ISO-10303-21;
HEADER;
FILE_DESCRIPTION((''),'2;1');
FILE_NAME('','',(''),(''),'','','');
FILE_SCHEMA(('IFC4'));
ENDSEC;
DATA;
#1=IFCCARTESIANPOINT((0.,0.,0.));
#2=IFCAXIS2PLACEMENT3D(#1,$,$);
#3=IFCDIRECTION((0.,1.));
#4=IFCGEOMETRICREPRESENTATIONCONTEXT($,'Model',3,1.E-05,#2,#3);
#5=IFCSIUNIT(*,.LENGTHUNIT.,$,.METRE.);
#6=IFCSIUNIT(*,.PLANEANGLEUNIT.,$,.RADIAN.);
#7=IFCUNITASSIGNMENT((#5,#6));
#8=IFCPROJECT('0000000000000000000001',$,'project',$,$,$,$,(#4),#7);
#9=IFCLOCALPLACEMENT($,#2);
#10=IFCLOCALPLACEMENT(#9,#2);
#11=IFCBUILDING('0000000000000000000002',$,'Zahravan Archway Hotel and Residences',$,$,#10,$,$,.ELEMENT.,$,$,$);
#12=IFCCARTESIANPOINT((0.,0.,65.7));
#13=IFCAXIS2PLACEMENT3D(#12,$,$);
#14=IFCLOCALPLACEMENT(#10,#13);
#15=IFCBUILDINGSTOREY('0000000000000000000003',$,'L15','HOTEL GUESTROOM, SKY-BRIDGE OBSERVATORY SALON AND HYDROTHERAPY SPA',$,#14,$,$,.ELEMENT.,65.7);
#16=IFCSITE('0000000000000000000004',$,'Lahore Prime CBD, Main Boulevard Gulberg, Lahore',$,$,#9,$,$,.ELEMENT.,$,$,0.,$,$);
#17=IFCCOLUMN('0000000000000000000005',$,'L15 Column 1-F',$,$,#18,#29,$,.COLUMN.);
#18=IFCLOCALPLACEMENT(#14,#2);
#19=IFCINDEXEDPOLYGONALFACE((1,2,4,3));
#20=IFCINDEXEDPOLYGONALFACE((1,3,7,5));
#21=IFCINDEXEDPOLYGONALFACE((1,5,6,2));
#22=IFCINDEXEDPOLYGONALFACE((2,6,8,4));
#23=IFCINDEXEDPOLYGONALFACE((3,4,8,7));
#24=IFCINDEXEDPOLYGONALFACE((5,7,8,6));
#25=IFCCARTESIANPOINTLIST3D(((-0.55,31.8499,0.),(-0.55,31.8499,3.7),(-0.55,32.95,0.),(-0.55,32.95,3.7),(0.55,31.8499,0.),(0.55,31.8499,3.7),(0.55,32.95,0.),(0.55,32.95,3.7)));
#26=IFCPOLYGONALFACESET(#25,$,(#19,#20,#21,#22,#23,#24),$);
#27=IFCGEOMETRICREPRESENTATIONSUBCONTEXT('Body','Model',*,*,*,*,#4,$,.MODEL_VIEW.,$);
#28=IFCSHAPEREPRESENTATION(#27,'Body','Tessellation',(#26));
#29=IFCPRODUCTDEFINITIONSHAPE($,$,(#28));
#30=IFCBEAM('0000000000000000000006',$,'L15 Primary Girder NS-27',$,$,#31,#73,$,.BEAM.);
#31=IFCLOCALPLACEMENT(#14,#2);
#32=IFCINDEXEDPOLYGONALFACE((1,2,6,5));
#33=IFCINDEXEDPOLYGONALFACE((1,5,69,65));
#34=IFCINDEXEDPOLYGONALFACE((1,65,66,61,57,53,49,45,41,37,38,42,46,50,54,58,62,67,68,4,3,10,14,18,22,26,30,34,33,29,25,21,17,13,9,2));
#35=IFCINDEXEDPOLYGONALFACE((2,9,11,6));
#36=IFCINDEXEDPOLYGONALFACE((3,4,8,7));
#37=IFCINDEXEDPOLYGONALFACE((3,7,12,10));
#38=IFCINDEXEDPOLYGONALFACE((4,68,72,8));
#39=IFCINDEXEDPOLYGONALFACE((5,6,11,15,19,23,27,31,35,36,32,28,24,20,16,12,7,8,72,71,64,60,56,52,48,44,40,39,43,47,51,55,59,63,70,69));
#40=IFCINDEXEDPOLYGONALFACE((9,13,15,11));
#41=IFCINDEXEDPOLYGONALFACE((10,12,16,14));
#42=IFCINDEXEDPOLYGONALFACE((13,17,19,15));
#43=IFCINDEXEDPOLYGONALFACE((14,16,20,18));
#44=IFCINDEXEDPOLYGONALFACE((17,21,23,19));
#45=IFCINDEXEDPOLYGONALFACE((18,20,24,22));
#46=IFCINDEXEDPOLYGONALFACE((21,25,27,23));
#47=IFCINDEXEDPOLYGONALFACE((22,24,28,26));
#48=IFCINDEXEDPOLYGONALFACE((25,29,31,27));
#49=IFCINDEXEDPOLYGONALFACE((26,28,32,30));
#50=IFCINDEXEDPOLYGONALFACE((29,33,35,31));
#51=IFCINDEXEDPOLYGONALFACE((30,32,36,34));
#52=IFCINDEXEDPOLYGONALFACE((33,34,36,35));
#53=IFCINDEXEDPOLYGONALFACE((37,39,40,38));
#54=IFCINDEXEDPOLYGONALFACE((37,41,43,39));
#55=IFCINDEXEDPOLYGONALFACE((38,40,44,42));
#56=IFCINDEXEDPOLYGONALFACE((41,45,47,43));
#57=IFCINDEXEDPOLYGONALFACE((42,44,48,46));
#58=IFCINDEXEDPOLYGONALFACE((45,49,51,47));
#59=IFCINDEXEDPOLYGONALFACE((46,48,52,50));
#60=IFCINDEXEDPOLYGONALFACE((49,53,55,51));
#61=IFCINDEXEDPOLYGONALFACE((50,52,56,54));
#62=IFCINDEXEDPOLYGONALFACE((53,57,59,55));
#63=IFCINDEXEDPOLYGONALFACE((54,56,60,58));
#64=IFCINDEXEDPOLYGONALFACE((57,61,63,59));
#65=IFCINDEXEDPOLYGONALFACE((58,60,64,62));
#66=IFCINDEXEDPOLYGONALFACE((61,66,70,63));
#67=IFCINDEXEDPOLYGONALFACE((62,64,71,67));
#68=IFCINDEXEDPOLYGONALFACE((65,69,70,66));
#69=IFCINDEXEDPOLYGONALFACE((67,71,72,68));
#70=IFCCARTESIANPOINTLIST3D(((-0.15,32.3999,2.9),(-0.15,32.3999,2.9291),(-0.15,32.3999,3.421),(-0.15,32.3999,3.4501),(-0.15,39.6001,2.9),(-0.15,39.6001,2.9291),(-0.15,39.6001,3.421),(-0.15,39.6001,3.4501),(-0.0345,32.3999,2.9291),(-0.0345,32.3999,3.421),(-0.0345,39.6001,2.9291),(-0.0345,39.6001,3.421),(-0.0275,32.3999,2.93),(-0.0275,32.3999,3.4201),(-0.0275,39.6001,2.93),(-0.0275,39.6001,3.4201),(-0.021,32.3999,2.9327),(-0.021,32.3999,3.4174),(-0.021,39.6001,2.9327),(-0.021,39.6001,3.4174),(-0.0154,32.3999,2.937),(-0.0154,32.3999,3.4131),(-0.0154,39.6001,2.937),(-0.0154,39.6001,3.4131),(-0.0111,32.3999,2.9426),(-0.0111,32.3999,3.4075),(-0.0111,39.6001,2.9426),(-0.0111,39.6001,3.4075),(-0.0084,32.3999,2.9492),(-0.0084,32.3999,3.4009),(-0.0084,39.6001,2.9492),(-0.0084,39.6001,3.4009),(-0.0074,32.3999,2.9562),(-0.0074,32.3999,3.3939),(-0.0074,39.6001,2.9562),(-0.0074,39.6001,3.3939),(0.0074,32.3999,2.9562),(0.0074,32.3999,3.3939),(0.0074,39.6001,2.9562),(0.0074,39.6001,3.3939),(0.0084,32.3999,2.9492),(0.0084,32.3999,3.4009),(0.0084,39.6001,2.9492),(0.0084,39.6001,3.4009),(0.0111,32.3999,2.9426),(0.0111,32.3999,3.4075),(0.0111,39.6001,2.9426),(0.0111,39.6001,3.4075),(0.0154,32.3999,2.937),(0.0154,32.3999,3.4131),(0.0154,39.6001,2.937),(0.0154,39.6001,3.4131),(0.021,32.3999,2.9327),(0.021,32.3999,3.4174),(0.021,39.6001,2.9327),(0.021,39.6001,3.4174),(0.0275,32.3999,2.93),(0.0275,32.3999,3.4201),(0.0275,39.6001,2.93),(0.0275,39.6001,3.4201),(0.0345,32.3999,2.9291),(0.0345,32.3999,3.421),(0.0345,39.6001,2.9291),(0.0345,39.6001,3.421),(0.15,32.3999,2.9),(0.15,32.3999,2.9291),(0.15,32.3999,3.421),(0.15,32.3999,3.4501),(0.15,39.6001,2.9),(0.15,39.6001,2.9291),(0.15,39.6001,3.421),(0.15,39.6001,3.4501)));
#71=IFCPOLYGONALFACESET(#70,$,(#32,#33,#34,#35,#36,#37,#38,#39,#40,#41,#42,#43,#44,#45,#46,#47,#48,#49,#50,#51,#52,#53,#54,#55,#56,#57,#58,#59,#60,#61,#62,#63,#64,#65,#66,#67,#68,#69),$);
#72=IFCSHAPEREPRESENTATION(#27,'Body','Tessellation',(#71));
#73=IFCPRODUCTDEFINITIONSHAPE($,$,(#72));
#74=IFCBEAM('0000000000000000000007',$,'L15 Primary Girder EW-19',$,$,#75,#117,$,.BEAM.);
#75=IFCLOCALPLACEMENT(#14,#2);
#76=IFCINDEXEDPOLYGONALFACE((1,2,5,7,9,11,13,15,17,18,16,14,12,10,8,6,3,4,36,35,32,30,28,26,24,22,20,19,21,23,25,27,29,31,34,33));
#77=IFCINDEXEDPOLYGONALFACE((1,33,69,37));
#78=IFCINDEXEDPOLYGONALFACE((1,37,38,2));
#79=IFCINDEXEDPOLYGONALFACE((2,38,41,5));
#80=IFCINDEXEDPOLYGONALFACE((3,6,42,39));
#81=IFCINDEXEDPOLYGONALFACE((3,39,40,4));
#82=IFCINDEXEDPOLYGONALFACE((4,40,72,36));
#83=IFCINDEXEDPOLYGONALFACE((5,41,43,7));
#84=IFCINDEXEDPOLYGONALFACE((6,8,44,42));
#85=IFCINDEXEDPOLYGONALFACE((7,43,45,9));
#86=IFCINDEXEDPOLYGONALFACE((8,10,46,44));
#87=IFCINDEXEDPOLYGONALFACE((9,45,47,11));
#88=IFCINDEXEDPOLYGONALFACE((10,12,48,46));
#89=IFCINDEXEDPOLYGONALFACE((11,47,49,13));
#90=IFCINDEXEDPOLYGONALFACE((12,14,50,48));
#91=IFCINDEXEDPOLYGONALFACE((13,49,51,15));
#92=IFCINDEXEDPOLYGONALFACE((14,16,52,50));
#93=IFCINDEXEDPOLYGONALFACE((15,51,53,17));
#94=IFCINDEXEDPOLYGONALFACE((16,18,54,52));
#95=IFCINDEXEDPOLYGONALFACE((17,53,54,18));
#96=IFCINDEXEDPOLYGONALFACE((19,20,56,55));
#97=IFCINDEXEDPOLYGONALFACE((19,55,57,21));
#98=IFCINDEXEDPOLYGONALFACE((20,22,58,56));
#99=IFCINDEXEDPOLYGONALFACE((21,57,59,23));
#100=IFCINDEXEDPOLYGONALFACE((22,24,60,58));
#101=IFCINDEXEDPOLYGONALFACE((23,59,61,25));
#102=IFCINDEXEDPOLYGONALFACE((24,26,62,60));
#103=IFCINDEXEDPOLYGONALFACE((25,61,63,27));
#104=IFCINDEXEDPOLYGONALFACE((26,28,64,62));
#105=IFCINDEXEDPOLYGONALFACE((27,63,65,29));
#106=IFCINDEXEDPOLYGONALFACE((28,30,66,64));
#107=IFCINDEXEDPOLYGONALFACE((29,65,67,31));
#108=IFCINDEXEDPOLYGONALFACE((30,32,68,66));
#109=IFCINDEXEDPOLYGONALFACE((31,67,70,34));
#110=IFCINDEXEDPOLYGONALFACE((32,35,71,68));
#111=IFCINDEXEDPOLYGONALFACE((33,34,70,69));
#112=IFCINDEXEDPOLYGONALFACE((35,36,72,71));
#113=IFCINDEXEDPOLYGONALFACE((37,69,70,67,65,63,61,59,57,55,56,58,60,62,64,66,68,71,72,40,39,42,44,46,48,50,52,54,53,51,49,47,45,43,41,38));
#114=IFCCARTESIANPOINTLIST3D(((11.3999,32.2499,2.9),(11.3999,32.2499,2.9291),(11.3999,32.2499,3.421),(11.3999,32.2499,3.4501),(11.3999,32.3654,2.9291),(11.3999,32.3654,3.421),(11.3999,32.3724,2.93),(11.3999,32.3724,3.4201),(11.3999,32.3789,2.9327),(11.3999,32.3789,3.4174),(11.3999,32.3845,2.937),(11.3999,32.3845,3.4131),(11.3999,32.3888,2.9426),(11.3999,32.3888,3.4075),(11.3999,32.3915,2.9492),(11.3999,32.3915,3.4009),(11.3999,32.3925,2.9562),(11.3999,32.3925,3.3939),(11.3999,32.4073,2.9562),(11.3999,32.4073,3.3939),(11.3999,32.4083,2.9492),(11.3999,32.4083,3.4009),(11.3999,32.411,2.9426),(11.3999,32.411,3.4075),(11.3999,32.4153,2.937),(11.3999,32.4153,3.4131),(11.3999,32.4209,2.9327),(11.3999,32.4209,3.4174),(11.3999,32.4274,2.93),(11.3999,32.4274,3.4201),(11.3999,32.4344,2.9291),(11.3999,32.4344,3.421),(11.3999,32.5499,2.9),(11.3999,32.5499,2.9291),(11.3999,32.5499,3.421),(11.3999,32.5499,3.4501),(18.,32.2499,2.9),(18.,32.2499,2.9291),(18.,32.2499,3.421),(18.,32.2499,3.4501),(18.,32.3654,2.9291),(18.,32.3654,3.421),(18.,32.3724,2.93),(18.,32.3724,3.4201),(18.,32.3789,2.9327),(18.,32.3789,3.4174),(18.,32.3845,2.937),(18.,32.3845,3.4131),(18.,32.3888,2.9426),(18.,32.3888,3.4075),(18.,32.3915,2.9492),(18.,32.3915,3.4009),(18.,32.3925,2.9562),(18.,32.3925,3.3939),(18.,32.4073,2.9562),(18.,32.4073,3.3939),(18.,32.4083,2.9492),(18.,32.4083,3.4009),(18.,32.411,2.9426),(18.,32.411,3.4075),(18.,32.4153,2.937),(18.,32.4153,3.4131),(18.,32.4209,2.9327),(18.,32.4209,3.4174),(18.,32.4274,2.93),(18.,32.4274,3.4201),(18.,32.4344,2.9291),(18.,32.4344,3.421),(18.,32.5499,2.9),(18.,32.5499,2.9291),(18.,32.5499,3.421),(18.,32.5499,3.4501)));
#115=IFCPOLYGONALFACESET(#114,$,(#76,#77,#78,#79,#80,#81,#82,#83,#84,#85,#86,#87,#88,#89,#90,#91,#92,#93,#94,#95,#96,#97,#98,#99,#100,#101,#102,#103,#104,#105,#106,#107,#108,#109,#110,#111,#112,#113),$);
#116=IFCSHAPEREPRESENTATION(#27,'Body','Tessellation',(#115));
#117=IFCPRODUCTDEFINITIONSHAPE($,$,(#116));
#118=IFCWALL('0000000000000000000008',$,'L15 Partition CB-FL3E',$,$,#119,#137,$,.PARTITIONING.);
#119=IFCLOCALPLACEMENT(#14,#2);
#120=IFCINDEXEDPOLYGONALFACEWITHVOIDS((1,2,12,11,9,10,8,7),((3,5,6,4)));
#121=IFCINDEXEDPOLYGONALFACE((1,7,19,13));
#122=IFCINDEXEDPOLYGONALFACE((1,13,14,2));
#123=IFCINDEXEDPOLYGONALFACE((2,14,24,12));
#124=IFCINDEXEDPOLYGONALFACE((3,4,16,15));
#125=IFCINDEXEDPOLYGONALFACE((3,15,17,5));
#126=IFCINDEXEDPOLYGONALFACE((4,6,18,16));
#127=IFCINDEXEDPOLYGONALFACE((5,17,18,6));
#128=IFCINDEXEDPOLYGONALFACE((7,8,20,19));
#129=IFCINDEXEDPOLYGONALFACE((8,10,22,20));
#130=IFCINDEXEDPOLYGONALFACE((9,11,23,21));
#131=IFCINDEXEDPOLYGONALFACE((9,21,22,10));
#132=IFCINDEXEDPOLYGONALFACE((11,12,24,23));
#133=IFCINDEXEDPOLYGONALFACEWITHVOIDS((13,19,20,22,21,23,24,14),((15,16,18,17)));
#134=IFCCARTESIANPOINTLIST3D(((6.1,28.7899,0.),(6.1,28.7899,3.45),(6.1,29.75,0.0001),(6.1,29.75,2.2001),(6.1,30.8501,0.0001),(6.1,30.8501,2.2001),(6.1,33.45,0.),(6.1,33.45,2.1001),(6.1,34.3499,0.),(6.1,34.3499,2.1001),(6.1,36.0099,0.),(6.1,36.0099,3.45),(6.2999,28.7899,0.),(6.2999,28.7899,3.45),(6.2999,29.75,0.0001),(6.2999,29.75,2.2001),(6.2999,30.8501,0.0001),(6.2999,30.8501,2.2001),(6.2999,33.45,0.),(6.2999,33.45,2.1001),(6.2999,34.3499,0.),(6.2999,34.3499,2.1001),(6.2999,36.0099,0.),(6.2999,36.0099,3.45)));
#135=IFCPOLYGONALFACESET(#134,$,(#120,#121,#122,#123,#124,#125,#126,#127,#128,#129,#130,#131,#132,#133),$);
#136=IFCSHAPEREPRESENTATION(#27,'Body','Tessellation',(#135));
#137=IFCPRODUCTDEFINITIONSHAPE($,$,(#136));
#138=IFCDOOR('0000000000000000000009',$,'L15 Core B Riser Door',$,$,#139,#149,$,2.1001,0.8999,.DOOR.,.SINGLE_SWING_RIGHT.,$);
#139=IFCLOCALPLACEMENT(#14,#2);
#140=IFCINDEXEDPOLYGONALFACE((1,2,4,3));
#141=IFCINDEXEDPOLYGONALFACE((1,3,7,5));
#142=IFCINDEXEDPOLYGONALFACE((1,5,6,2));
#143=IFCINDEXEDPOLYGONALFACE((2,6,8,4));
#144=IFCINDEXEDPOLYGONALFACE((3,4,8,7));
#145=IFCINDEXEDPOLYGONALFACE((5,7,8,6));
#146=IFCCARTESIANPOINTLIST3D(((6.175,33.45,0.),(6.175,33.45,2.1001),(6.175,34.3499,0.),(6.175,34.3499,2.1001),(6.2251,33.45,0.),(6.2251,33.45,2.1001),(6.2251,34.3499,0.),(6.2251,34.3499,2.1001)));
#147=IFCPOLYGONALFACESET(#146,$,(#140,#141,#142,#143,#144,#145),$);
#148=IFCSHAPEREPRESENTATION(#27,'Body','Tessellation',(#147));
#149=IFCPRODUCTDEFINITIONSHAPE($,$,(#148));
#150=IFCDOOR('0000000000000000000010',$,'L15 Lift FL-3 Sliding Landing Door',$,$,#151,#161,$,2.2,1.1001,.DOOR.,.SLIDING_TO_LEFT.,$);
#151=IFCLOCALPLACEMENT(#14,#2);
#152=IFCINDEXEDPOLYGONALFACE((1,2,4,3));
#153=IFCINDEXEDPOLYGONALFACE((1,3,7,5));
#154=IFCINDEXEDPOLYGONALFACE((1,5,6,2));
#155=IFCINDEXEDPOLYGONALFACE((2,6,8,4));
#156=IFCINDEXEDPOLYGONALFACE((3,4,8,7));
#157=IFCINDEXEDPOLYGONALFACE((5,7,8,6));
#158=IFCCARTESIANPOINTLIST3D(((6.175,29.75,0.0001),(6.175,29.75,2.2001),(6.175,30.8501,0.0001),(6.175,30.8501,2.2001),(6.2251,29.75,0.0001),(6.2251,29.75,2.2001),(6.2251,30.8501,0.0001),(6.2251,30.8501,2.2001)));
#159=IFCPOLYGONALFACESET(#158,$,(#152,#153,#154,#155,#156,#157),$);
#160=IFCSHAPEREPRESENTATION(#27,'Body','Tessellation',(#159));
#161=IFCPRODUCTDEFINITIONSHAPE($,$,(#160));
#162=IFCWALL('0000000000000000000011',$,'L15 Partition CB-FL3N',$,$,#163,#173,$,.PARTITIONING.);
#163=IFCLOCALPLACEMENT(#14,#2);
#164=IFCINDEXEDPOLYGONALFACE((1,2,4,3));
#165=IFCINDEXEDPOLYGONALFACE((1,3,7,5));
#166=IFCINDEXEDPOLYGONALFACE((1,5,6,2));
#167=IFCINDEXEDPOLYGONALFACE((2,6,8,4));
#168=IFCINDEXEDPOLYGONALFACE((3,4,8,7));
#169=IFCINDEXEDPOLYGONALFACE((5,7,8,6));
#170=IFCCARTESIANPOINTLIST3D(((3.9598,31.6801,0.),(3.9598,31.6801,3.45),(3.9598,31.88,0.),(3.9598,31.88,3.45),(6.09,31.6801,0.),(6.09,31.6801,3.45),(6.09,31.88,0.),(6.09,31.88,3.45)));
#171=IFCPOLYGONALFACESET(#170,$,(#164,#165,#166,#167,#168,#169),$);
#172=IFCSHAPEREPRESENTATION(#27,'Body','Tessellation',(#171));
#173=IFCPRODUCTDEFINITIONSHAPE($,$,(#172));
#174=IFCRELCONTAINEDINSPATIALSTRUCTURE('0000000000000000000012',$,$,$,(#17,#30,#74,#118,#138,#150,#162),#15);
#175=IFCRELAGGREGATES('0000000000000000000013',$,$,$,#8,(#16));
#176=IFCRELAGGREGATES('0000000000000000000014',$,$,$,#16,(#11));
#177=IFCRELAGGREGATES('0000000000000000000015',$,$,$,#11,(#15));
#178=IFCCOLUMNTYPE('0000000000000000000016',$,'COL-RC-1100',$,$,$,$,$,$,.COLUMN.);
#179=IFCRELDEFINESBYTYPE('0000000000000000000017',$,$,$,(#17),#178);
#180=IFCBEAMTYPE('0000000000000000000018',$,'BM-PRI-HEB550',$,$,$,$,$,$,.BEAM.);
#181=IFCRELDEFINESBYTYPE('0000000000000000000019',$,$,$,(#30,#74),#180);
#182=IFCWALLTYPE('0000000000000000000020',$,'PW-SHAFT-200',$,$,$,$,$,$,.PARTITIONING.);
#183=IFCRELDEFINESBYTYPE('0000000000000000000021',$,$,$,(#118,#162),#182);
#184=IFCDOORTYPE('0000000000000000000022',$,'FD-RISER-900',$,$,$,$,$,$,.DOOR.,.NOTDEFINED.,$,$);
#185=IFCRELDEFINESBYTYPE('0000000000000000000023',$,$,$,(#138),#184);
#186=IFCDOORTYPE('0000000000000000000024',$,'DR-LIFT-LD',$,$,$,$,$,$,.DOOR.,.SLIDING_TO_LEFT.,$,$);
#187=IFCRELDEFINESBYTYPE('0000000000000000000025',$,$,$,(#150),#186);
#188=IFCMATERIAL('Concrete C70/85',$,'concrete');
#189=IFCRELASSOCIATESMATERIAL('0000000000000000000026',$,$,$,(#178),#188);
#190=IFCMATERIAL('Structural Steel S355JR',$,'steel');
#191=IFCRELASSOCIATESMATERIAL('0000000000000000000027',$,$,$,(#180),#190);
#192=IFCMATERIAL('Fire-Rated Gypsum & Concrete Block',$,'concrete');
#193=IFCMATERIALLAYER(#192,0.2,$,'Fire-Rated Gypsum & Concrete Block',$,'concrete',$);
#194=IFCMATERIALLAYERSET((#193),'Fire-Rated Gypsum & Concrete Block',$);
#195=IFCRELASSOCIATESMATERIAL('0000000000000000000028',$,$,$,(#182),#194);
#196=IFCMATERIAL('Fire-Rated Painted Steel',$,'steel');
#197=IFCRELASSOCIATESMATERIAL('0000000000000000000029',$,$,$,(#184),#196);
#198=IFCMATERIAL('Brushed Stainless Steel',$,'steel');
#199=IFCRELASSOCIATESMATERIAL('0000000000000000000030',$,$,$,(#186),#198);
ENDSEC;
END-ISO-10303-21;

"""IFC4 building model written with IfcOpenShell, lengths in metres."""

from ifc_helpers import new_model, si_unit, direction, frame, frame_2d, origin, origin_2d, place, context, subcontext, project, spatial, rectangle, i_section, extrude, source, transform, mapped, material, layer, layer_set, material_profile, profile_set, type_object, type_shapes, element, fill, save


model = new_model("IFC4")

# Units and contexts
model_context = context("Model", 3, precision=1e-05, world=origin(), true_north=direction((0.0, 1.0)))
body_context = subcontext(model_context, "Body", "Model", "MODEL_VIEW")
ifc_project = project(units=[si_unit("LENGTHUNIT", "METRE"), si_unit("PLANEANGLEUNIT", "RADIAN")], contexts=[model_context])

# Site, building, storey
site_placement = place(None, origin())
site = spatial("IfcSite", under=ifc_project, at=site_placement, Name="Lahore Prime CBD, Main Boulevard Gulberg, Lahore", CompositionType="ELEMENT", RefElevation=0.0)
building_placement = place(site_placement, origin())
building = spatial("IfcBuilding", under=site, at=building_placement, Name="Zahravan Archway Hotel and Residences", CompositionType="ELEMENT")
storey_placement = place(building_placement, frame((0.0, 0.0, 65.7)))
storey = spatial("IfcBuildingStorey", under=building, at=storey_placement, Name="L15", Description="HOTEL GUESTROOM, SKY-BRIDGE OBSERVATORY SALON AND HYDROTHERAPY SPA", CompositionType="ELEMENT", Elevation=65.7)

# Column
ifc_material_1 = material(Name="Concrete C70/85", Category="concrete")
ifc_material_profile_1 = material_profile(ifc_material_1, rectangle(XDim=1.1001, YDim=1.1001, at=origin_2d()), Name="RC 1100x1100", Category="concrete")
ifc_profile_set_1 = profile_set([ifc_material_profile_1], Name="Concrete C70/85")
column_type = type_object("IfcColumnType", Name="COL-RC-1100", PredefinedType="COLUMN", material=ifc_profile_set_1)
shared_shape_1 = source(origin(), body_context, "Body", "SweptSolid", [
    extrude(rectangle(XDim=1.1001, YDim=1.1001, at=origin_2d()), origin(), (0.0, 0.0, 1.0), 3.7),
])
column_placement = place(storey_placement, frame((0.0, 32.3999, 0.0), z_axis=(0.0, 0.0, 1.0), x_axis=(1.0, 0.0, 0.0)))
element("IfcColumn", 1, at=column_placement, inside=storey, type_object=column_type, Name="L15 Column 1-F", PredefinedType="COLUMN", context=body_context, shape_type="MappedRepresentation", body=[
    mapped(shared_shape_1, transform((0.0, 0.0, 0.0), scale=1.0)),
])

# Beams
ifc_material_2 = material(Name="Structural Steel S355JR", Category="steel")
ifc_material_profile_2 = material_profile(ifc_material_2, i_section(OverallWidth=0.3, OverallDepth=0.55, WebThickness=0.0149, FlangeThickness=0.0291, FilletRadius=0.0271, at=origin_2d()), Name="HEB 550", Category="steel")
ifc_profile_set_2 = profile_set([ifc_material_profile_2], Name="Structural Steel S355JR")
beam_type = type_object("IfcBeamType", Name="BM-PRI-HEB550", PredefinedType="BEAM", material=ifc_profile_set_2)
shared_shape_2 = source(origin(), body_context, "Body", "SweptSolid", [
    extrude(i_section(OverallWidth=0.3, OverallDepth=0.55, WebThickness=0.0149, FlangeThickness=0.0291, FilletRadius=0.0271, at=origin_2d()), origin(), (0.0, 0.0, 1.0), 7.2002),
])
type_shapes(beam_type, [shared_shape_2])
beam_1_placement = place(storey_placement, frame((0.0, 32.3999, 3.175), z_axis=(0.0, 1.0, 0.0), x_axis=(-1.0, 0.0, 0.0)))
element("IfcBeam", 2, at=beam_1_placement, inside=storey, type_object=beam_type, Name="L15 Primary Girder NS-27", PredefinedType="BEAM", context=body_context, shape_type="MappedRepresentation", body=[
    mapped(shared_shape_2, transform((0.0, 0.0, 0.0), scale=1.0)),
])
shared_shape_3 = source(origin(), body_context, "Body", "SweptSolid", [
    extrude(i_section(OverallWidth=0.3, OverallDepth=0.55, WebThickness=0.0149, FlangeThickness=0.0291, FilletRadius=0.0271, at=origin_2d()), origin(), (0.0, 0.0, 1.0), 6.6001),
])
beam_2_placement = place(storey_placement, frame((11.3999, 32.3999, 3.175), z_axis=(1.0, 0.0, 0.0), x_axis=(0.0, 1.0, 0.0)))
element("IfcBeam", 3, at=beam_2_placement, inside=storey, type_object=beam_type, Name="L15 Primary Girder EW-19", PredefinedType="BEAM", context=body_context, shape_type="MappedRepresentation", body=[
    mapped(shared_shape_3, transform((0.0, 0.0, 0.0), scale=1.0)),
])

# Wall, openings, doors
ifc_material_3 = material(Name="Fire-Rated Gypsum & Concrete Block", Category="concrete")
ifc_layer_1 = layer(ifc_material_3, 0.2, Name="Fire-Rated Gypsum & Concrete Block", Category="concrete")
ifc_layer_set_1 = layer_set([ifc_layer_1], Name="Fire-Rated Gypsum & Concrete Block")
wall_type_1 = type_object("IfcWallType", Name="PW-SHAFT-200", PredefinedType="PARTITIONING", material=ifc_layer_set_1)
wall_1_placement = place(storey_placement, frame((6.2, 28.79, 0.0), z_axis=(0.0, 0.0, 1.0), x_axis=(0.0, 1.0, 0.0)))
wall_1 = element("IfcWall", 4, at=wall_1_placement, inside=storey, type_object=wall_type_1, Name="L15 Partition CB-FL3E", PredefinedType="PARTITIONING", context=body_context, shape_type="SweptSolid", body=[
    extrude(rectangle(XDim=7.22, YDim=0.2, at=frame_2d((3.6099, 0.0))), origin(), (0.0, 0.0, 1.0), 3.45),
])
opening_1_placement = place(wall_1_placement, frame((4.6599, 0.0, 0.0)))
opening_1 = element("IfcOpeningElement", 5, at=opening_1_placement, cuts=wall_1, PredefinedType="OPENING", context=body_context, shape_type="SweptSolid", body=[
    extrude(rectangle(XDim=0.8999, YDim=2.1001, at=frame_2d((0.45, 1.05))), frame((0.0, 0.1099, 0.0), z_axis=(0.0, -1.0, 0.0), x_axis=(1.0, 0.0, 0.0)), (0.0, 0.0, 1.0), 0.22),
])
opening_2_placement = place(wall_1_placement, frame((0.96, 0.0, 0.0)))
opening_2 = element("IfcOpeningElement", 6, at=opening_2_placement, cuts=wall_1, PredefinedType="OPENING", context=body_context, shape_type="SweptSolid", body=[
    extrude(rectangle(XDim=1.1001, YDim=2.2, at=frame_2d((0.55, 1.1001))), frame((0.0, 0.1099, 0.0), z_axis=(0.0, -1.0, 0.0), x_axis=(1.0, 0.0, 0.0)), (0.0, 0.0, 1.0), 0.22),
])
ifc_material_4 = material(Name="Fire-Rated Painted Steel", Category="steel")
door_type_1 = type_object("IfcDoorType", Name="FD-RISER-900", OperationType="NOTDEFINED", PredefinedType="DOOR", material=ifc_material_4)
shared_shape_4 = source(origin(), body_context, "Body", "SweptSolid", [
    extrude(rectangle(XDim=0.8999, YDim=2.1001, at=frame_2d((0.45, 1.05))), frame((0.0, 0.0249, 0.0), z_axis=(0.0, -1.0, 0.0), x_axis=(1.0, 0.0, 0.0)), (0.0, 0.0, 1.0), 0.05),
])
type_shapes(door_type_1, [shared_shape_4])
door_1_placement = place(opening_1_placement, origin())
door_1 = element("IfcDoor", 7, at=door_1_placement, inside=storey, type_object=door_type_1, Name="L15 Core B Riser Door", OperationType="SINGLE_SWING_RIGHT", OverallHeight=2.1001, OverallWidth=0.8999, PredefinedType="DOOR", context=body_context, shape_type="MappedRepresentation", body=[
    mapped(shared_shape_4, transform((0.0, 0.0, 0.0), scale=1.0)),
])
fill(opening_1, door_1)
ifc_material_5 = material(Name="Brushed Stainless Steel", Category="steel")
door_type_2 = type_object("IfcDoorType", Name="DR-LIFT-LD", OperationType="SLIDING_TO_LEFT", PredefinedType="DOOR", material=ifc_material_5)
shared_shape_5 = source(origin(), body_context, "Body", "SweptSolid", [
    extrude(rectangle(XDim=1.1001, YDim=2.2, at=frame_2d((0.55, 1.1001))), frame((0.0, 0.0249, 0.0), z_axis=(0.0, -1.0, 0.0), x_axis=(1.0, 0.0, 0.0)), (0.0, 0.0, 1.0), 0.05),
])
type_shapes(door_type_2, [shared_shape_5])
door_2_placement = place(opening_2_placement, origin())
door_2 = element("IfcDoor", 8, at=door_2_placement, inside=storey, type_object=door_type_2, Name="L15 Lift FL-3 Sliding Landing Door", OperationType="SLIDING_TO_LEFT", OverallHeight=2.2, OverallWidth=1.1001, PredefinedType="DOOR", context=body_context, shape_type="MappedRepresentation", body=[
    mapped(shared_shape_5, transform((0.0, 0.0, 0.0), scale=1.0)),
])
fill(opening_2, door_2)

# Wall
wall_2_placement = place(storey_placement, frame((3.96, 31.78, 0.0), z_axis=(0.0, 0.0, 1.0), x_axis=(1.0, 0.0, 0.0)))
element("IfcWall", 9, at=wall_2_placement, inside=storey, type_object=wall_type_1, Name="L15 Partition CB-FL3N", PredefinedType="PARTITIONING", context=body_context, shape_type="SweptSolid", body=[
    extrude(rectangle(XDim=2.1301, YDim=0.2, at=frame_2d((1.0649, 0.0))), origin(), (0.0, 0.0, 1.0), 3.45),
])

save(model, "model.ifc")
